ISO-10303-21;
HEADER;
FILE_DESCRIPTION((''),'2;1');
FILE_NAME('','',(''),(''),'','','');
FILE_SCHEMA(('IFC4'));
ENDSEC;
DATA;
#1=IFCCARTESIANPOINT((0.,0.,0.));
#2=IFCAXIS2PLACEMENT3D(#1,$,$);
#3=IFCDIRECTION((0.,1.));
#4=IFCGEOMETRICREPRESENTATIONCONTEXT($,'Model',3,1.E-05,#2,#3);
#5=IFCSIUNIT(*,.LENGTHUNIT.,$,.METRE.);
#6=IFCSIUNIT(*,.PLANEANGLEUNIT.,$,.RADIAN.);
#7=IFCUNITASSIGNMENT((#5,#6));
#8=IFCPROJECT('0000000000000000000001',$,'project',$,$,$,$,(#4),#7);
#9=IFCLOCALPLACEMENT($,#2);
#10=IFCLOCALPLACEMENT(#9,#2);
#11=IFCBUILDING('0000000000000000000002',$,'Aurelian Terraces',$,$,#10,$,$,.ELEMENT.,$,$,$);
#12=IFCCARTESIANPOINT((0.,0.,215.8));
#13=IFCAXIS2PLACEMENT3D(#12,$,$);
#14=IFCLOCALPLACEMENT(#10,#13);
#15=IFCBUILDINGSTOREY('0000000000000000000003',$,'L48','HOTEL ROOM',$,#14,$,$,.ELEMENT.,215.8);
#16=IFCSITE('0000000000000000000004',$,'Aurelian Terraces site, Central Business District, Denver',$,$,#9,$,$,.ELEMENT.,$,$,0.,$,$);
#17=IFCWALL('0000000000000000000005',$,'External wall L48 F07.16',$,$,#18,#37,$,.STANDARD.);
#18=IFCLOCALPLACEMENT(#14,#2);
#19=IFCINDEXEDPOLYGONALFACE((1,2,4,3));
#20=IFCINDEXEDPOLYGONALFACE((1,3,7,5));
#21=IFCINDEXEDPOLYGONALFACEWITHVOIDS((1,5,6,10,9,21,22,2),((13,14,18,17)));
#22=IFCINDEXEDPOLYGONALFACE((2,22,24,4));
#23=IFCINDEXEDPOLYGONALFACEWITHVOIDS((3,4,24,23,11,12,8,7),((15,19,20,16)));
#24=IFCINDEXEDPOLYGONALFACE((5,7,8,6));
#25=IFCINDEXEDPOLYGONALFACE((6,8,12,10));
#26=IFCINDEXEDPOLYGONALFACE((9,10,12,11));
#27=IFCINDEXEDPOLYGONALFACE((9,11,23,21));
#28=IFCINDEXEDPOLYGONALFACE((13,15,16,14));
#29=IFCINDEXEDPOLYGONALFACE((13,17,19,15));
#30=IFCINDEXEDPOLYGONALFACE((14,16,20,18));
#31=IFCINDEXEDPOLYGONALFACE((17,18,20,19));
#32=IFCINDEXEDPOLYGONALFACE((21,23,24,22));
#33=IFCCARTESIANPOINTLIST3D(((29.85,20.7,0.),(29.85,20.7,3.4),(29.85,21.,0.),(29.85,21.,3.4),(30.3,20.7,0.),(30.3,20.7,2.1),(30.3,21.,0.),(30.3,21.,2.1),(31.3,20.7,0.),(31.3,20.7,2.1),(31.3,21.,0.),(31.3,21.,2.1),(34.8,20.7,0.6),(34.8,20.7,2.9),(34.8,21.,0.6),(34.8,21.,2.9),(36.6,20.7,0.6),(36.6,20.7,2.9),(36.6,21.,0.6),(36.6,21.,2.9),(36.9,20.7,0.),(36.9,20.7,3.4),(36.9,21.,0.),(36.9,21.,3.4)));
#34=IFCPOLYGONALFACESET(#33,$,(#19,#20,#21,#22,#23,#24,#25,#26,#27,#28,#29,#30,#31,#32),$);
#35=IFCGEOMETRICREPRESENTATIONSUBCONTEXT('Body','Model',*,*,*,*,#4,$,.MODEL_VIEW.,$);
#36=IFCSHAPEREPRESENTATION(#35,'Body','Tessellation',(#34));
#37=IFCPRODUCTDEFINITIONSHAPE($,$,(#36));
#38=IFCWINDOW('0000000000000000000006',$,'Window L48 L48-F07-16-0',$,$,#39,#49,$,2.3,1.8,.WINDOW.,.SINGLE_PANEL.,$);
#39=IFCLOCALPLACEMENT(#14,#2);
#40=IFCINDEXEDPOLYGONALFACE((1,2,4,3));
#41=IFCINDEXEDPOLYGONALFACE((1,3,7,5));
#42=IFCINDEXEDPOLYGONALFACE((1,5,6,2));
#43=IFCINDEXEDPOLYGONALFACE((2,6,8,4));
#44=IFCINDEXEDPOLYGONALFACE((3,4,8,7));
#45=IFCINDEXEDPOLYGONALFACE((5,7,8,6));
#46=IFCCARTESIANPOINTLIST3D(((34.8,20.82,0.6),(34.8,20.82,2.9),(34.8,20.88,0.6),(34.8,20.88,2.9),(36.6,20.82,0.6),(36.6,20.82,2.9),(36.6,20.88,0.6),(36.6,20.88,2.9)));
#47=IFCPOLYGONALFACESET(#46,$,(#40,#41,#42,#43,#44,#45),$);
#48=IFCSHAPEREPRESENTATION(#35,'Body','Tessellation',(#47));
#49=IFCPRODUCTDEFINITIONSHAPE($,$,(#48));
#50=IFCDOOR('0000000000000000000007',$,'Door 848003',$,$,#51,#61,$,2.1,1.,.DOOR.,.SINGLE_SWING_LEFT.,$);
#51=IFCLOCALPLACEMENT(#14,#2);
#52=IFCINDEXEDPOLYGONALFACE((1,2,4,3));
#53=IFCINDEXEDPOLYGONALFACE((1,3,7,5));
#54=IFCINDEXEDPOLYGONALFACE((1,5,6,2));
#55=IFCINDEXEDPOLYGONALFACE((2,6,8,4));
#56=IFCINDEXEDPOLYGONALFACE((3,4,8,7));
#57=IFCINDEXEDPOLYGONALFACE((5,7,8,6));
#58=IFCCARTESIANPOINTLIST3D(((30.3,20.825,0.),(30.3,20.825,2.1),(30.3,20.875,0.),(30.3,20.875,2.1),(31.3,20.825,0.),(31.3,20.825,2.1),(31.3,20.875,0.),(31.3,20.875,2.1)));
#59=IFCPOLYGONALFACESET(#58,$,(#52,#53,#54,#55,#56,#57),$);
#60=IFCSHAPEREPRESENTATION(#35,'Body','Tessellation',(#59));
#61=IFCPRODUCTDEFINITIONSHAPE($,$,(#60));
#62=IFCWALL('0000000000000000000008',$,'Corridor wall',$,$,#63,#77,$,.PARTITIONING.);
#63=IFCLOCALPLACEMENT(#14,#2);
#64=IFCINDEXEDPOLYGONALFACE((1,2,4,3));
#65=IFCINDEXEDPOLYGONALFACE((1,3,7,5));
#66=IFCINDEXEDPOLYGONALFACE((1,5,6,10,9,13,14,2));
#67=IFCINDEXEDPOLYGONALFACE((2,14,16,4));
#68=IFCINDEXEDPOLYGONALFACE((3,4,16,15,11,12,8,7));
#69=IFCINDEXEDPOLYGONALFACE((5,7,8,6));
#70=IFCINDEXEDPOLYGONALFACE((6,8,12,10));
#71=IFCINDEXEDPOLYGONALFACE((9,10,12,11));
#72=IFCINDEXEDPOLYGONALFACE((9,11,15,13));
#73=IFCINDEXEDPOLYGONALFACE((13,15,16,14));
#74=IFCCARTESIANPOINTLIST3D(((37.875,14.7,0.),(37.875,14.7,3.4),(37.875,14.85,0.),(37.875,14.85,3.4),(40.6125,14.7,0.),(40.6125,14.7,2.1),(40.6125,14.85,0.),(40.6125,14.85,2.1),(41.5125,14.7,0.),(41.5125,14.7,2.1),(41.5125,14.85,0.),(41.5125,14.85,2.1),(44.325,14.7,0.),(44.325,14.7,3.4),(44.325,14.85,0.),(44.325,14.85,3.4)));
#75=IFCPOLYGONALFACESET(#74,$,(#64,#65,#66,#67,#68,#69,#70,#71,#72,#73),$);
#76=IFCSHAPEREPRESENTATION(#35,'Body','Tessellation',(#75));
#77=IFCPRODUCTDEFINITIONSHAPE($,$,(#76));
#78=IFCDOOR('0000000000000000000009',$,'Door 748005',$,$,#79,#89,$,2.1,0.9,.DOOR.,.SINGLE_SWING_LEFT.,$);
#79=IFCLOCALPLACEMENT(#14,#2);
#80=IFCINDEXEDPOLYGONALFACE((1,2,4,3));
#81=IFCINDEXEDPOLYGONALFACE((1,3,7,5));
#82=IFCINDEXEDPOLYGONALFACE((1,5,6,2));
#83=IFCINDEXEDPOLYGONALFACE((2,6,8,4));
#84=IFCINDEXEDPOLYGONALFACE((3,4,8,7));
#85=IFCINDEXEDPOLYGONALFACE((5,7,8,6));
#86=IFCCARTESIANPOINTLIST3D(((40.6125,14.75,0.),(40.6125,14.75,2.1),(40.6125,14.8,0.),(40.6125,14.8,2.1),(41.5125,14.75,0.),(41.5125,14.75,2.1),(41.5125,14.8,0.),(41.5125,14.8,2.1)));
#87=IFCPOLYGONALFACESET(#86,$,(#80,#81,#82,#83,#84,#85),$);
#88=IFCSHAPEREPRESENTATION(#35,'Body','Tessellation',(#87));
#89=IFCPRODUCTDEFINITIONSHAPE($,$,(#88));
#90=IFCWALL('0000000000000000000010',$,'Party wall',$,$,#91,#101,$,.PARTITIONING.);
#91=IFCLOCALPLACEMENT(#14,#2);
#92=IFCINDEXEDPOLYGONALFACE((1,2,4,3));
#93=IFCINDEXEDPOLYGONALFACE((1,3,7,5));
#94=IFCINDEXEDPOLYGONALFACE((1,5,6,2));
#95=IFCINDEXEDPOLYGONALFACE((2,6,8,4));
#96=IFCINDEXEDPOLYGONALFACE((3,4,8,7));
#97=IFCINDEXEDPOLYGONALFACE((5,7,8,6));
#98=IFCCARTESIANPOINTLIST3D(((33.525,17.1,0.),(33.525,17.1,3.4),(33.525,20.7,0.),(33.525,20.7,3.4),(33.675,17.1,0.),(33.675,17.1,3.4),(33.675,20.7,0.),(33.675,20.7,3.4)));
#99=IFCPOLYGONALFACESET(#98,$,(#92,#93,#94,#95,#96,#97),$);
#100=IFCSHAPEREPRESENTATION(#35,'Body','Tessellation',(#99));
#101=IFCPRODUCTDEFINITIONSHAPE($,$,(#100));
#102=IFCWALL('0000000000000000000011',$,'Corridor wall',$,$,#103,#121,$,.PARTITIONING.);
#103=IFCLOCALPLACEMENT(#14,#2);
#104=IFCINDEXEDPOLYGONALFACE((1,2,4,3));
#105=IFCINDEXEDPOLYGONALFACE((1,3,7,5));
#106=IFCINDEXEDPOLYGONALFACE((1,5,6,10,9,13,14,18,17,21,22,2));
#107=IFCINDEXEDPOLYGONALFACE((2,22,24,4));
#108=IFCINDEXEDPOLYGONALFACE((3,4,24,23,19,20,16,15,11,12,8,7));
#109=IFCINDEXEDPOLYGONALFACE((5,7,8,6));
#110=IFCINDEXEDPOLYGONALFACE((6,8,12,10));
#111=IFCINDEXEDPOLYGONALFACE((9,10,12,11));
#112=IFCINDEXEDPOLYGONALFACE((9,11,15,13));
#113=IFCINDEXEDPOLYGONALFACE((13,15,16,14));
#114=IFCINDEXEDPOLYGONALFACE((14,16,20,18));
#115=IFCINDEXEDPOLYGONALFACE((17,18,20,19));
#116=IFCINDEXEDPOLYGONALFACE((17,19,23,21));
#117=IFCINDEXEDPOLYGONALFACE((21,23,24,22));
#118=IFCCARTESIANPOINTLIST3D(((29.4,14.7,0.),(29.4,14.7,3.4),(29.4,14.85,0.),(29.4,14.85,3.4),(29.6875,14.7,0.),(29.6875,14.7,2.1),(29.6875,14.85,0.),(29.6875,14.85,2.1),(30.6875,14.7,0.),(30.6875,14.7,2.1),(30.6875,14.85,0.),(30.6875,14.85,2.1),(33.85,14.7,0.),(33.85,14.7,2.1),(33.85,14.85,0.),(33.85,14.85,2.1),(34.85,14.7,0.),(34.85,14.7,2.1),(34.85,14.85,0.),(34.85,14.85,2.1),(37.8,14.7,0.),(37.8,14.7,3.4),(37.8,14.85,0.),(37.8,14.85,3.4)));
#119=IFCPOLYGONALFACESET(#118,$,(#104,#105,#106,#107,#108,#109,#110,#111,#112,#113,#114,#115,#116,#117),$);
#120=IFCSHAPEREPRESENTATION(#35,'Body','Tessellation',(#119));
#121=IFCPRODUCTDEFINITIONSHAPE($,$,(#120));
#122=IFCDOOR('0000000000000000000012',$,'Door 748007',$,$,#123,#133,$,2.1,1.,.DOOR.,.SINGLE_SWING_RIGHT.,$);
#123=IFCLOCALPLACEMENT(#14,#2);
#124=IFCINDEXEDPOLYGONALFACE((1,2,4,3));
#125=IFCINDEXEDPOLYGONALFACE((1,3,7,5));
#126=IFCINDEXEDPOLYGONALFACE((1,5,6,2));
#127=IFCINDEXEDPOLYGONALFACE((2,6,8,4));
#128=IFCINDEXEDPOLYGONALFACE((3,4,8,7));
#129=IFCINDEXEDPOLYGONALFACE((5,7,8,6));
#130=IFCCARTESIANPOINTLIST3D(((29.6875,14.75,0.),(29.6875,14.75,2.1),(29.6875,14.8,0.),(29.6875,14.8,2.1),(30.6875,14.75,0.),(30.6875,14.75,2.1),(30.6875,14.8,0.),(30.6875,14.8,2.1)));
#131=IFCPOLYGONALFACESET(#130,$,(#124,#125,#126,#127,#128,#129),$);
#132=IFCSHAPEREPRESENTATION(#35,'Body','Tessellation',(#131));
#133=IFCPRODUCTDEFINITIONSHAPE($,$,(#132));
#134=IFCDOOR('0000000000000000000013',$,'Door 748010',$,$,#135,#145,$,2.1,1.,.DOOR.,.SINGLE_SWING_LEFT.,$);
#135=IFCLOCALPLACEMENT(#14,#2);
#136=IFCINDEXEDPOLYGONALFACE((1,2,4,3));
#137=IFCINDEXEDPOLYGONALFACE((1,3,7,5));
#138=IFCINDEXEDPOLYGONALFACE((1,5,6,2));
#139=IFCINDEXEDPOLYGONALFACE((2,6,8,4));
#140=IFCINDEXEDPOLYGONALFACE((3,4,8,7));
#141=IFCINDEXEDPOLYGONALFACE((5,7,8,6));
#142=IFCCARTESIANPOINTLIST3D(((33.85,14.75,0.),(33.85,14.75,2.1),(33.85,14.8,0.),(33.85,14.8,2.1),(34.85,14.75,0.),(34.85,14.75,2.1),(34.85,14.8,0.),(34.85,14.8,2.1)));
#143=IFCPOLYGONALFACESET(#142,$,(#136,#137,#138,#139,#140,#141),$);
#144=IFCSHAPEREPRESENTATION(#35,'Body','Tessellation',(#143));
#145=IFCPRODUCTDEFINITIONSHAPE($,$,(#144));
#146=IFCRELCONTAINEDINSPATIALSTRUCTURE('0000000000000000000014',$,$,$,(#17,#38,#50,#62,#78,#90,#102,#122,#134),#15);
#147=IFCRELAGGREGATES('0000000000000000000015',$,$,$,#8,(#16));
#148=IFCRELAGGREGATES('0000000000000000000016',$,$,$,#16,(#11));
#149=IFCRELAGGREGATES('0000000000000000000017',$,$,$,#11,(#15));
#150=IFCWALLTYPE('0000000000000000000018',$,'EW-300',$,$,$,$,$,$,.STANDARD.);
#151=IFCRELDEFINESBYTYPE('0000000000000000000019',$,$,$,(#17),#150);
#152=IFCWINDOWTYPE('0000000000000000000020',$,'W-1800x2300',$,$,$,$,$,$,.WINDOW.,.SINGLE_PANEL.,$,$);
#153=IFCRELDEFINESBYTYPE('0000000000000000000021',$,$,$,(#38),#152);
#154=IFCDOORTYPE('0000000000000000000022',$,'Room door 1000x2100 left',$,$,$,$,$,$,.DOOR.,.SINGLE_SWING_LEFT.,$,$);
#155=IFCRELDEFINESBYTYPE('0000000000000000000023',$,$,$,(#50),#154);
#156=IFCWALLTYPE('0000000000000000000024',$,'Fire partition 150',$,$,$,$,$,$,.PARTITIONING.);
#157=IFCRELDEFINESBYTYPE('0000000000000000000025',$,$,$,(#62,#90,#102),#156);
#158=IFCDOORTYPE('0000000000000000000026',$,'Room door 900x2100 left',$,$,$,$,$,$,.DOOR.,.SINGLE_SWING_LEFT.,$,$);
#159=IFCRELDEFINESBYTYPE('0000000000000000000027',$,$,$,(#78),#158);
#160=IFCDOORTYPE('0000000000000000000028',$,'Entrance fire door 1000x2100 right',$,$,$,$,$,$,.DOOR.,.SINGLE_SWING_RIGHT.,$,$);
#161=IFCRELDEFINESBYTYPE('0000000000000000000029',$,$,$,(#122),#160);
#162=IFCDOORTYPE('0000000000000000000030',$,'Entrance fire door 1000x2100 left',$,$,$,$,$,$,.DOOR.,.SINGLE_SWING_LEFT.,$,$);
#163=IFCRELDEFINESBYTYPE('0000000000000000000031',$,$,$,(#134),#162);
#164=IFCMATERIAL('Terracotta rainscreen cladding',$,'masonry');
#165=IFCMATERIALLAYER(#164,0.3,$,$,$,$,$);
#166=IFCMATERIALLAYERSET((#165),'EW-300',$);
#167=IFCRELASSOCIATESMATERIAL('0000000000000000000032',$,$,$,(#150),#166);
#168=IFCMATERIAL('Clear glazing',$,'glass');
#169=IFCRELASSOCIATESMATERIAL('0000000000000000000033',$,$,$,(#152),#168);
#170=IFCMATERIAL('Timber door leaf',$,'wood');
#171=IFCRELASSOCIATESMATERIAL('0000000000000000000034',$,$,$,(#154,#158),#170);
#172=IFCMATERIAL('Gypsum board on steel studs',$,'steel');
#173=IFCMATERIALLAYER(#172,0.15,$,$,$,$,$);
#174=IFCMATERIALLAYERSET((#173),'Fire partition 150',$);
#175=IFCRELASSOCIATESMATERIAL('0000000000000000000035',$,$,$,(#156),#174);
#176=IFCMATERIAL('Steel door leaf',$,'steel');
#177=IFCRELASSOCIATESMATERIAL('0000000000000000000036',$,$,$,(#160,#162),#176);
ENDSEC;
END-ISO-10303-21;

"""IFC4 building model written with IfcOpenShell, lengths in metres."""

from ifc_helpers import new_model, si_unit, direction, frame, frame_2d, origin, place, context, subcontext, project, spatial, rectangle, extrude, source, transform, mapped, material, layer, layer_set, type_object, element, fill, save


model = new_model("IFC4")

# Units and contexts
model_context = context("Model", 3, precision=1e-05, world=origin(), true_north=direction((0.0, 1.0)))
body_context = subcontext(model_context, "Body", "Model", "MODEL_VIEW")
ifc_project = project(units=[si_unit("LENGTHUNIT", "METRE"), si_unit("PLANEANGLEUNIT", "RADIAN")], contexts=[model_context])

# Site, building, storey
site_placement = place(None, origin())
site = spatial("IfcSite", under=ifc_project, at=site_placement, Name="Aurelian Terraces site, Central Business District, Denver", CompositionType="ELEMENT", RefElevation=0.0)
building_placement = place(site_placement, origin())
building = spatial("IfcBuilding", under=site, at=building_placement, Name="Aurelian Terraces", CompositionType="ELEMENT")
storey_placement = place(building_placement, frame((0.0, 0.0, 215.8)))
storey = spatial("IfcBuildingStorey", under=building, at=storey_placement, Name="L48", Description="HOTEL ROOM", CompositionType="ELEMENT", Elevation=215.8)

# Shared definitions
ifc_material_1 = material(Name="Terracotta rainscreen cladding", Category="masonry")
ifc_layer_1 = layer(ifc_material_1, 0.3)
ifc_layer_set_1 = layer_set([ifc_layer_1], Name="EW-300")
wall_type_1 = type_object("IfcWallType", Name="EW-300", PredefinedType="STANDARD", material=ifc_layer_set_1)
ifc_material_2 = material(Name="Clear glazing", Category="glass")

# Wall, openings, window, door
shared_shape_1 = source(origin(), body_context, "Body", "SweptSolid", [
    extrude(rectangle(XDim=7.05, YDim=0.3, at=frame_2d((3.525, 0.0))), origin(), (0.0, 0.0, 1.0), 3.4),
])
wall_1_placement = place(storey_placement, frame((36.9, 20.85, 0.0), z_axis=(0.0, 0.0, 1.0), x_axis=(-1.0, 0.0, 0.0)))
wall_1 = element("IfcWall", 1, at=wall_1_placement, inside=storey, type_object=wall_type_1, Name="External wall L48 F07.16", PredefinedType="STANDARD", context=body_context, shape_type="MappedRepresentation", body=[
    mapped(shared_shape_1, transform((0.0, 0.0, 0.0), scale=1.0)),
])
shared_shape_2 = source(origin(), body_context, "Body", "SweptSolid", [
    extrude(rectangle(XDim=1.8, YDim=2.3, at=frame_2d((0.9, 1.15))), frame((0.0, 0.16, 0.0), z_axis=(0.0, -1.0, 0.0), x_axis=(1.0, 0.0, 0.0)), (0.0, 0.0, 1.0), 0.32),
])
opening_1_placement = place(wall_1_placement, frame((0.3, 0.0, 0.6)))
opening_1 = element("IfcOpeningElement", 2, at=opening_1_placement, cuts=wall_1, PredefinedType="OPENING", context=body_context, shape_type="MappedRepresentation", body=[
    mapped(shared_shape_2, transform((0.0, 0.0, 0.0), scale=1.0)),
])
shared_shape_3 = source(origin(), body_context, "Body", "SweptSolid", [
    extrude(rectangle(XDim=1.0, YDim=2.1, at=frame_2d((0.5, 1.05))), frame((0.0, 0.16, 0.0), z_axis=(0.0, -1.0, 0.0), x_axis=(1.0, 0.0, 0.0)), (0.0, 0.0, 1.0), 0.32),
])
opening_2_placement = place(wall_1_placement, frame((5.6, 0.0, 0.0)))
opening_2 = element("IfcOpeningElement", 3, at=opening_2_placement, cuts=wall_1, PredefinedType="OPENING", context=body_context, shape_type="MappedRepresentation", body=[
    mapped(shared_shape_3, transform((0.0, 0.0, 0.0), scale=1.0)),
])
window_type_1 = type_object("IfcWindowType", Name="W-1800x2300", PartitioningType="SINGLE_PANEL", PredefinedType="WINDOW", material=ifc_material_2)
shared_shape_4 = source(origin(), body_context, "Body", "SweptSolid", [
    extrude(rectangle(XDim=1.8, YDim=2.3, at=frame_2d((0.9, 1.15))), frame((0.0, 0.03, 0.0), z_axis=(0.0, -1.0, 0.0), x_axis=(1.0, 0.0, 0.0)), (0.0, 0.0, 1.0), 0.06),
])
window_1_placement = place(opening_1_placement, origin())
window_1 = element("IfcWindow", 4, at=window_1_placement, inside=storey, type_object=window_type_1, Name="Window L48 L48-F07-16-0", OverallHeight=2.3, OverallWidth=1.8, PartitioningType="SINGLE_PANEL", PredefinedType="WINDOW", context=body_context, shape_type="MappedRepresentation", body=[
    mapped(shared_shape_4, transform((0.0, 0.0, 0.0), scale=1.0)),
])
fill(opening_1, window_1)
ifc_material_3 = material(Name="Timber door leaf", Category="wood")
door_type_1 = type_object("IfcDoorType", Name="Room door 1000x2100 left", OperationType="SINGLE_SWING_LEFT", PredefinedType="DOOR", material=ifc_material_3)
shared_shape_5 = source(origin(), body_context, "Body", "SweptSolid", [
    extrude(rectangle(XDim=1.0, YDim=2.1, at=frame_2d((0.5, 1.05))), frame((0.0, 0.025, 0.0), z_axis=(0.0, -1.0, 0.0), x_axis=(1.0, 0.0, 0.0)), (0.0, 0.0, 1.0), 0.05),
])
door_1_placement = place(opening_2_placement, origin())
door_1 = element("IfcDoor", 5, at=door_1_placement, inside=storey, type_object=door_type_1, Name="Door 848003", OperationType="SINGLE_SWING_LEFT", OverallHeight=2.1, OverallWidth=1.0, PredefinedType="DOOR", context=body_context, shape_type="MappedRepresentation", body=[
    mapped(shared_shape_5, transform((0.0, 0.0, 0.0), scale=1.0)),
])
fill(opening_2, door_1)

# Wall, opening, door
ifc_material_4 = material(Name="Gypsum board on steel studs", Category="steel")
ifc_layer_2 = layer(ifc_material_4, 0.15)
ifc_layer_set_2 = layer_set([ifc_layer_2], Name="Fire partition 150")
wall_type_2 = type_object("IfcWallType", Name="Fire partition 150", PredefinedType="PARTITIONING", material=ifc_layer_set_2)
shared_shape_6 = source(origin(), body_context, "Body", "SweptSolid", [
    extrude(rectangle(XDim=6.45, YDim=0.15, at=frame_2d((3.225, 0.0))), origin(), (0.0, 0.0, 1.0), 3.4),
])
wall_2_placement = place(storey_placement, frame((44.325, 14.775, 0.0), z_axis=(0.0, 0.0, 1.0), x_axis=(-1.0, 0.0, 0.0)))
wall_2 = element("IfcWall", 6, at=wall_2_placement, inside=storey, type_object=wall_type_2, Name="Corridor wall", PredefinedType="PARTITIONING", context=body_context, shape_type="MappedRepresentation", body=[
    mapped(shared_shape_6, transform((0.0, 0.0, 0.0), scale=1.0)),
])
shared_shape_7 = source(origin(), body_context, "Body", "SweptSolid", [
    extrude(rectangle(XDim=0.9, YDim=2.1, at=frame_2d((0.45, 1.05))), frame((0.0, 0.085, 0.0), z_axis=(0.0, -1.0, 0.0), x_axis=(1.0, 0.0, 0.0)), (0.0, 0.0, 1.0), 0.17),
])
opening_3_placement = place(wall_2_placement, frame((2.8125, 0.0, 0.0)))
opening_3 = element("IfcOpeningElement", 7, at=opening_3_placement, cuts=wall_2, PredefinedType="OPENING", context=body_context, shape_type="MappedRepresentation", body=[
    mapped(shared_shape_7, transform((0.0, 0.0, 0.0), scale=1.0)),
])
door_type_2 = type_object("IfcDoorType", Name="Room door 900x2100 left", OperationType="SINGLE_SWING_LEFT", PredefinedType="DOOR", material=ifc_material_3)
shared_shape_8 = source(origin(), body_context, "Body", "SweptSolid", [
    extrude(rectangle(XDim=0.9, YDim=2.1, at=frame_2d((0.45, 1.05))), frame((0.0, 0.025, 0.0), z_axis=(0.0, -1.0, 0.0), x_axis=(1.0, 0.0, 0.0)), (0.0, 0.0, 1.0), 0.05),
])
door_2_placement = place(opening_3_placement, origin())
door_2 = element("IfcDoor", 8, at=door_2_placement, inside=storey, type_object=door_type_2, Name="Door 748005", OperationType="SINGLE_SWING_LEFT", OverallHeight=2.1, OverallWidth=0.9, PredefinedType="DOOR", context=body_context, shape_type="MappedRepresentation", body=[
    mapped(shared_shape_8, transform((0.0, 0.0, 0.0), scale=1.0)),
])
fill(opening_3, door_2)

# Wall
shared_shape_9 = source(origin(), body_context, "Body", "SweptSolid", [
    extrude(rectangle(XDim=3.6, YDim=0.15, at=frame_2d((1.8, 0.0))), origin(), (0.0, 0.0, 1.0), 3.4),
])
wall_3_placement = place(storey_placement, frame((33.6, 17.1, 0.0), z_axis=(0.0, 0.0, 1.0), x_axis=(0.0, 1.0, 0.0)))
element("IfcWall", 9, at=wall_3_placement, inside=storey, type_object=wall_type_2, Name="Party wall", PredefinedType="PARTITIONING", context=body_context, shape_type="MappedRepresentation", body=[
    mapped(shared_shape_9, transform((0.0, 0.0, 0.0), scale=1.0)),
])

# Wall, openings, doors
shared_shape_10 = source(origin(), body_context, "Body", "SweptSolid", [
    extrude(rectangle(XDim=8.4, YDim=0.15, at=frame_2d((4.2, 0.0))), origin(), (0.0, 0.0, 1.0), 3.4),
])
wall_4_placement = place(storey_placement, frame((37.8, 14.775, 0.0), z_axis=(0.0, 0.0, 1.0), x_axis=(-1.0, 0.0, 0.0)))
wall_4 = element("IfcWall", 10, at=wall_4_placement, inside=storey, type_object=wall_type_2, Name="Corridor wall", PredefinedType="PARTITIONING", context=body_context, shape_type="MappedRepresentation", body=[
    mapped(shared_shape_10, transform((0.0, 0.0, 0.0), scale=1.0)),
])
shared_shape_11 = source(origin(), body_context, "Body", "SweptSolid", [
    extrude(rectangle(XDim=1.0, YDim=2.1, at=frame_2d((0.5, 1.05))), frame((0.0, 0.085, 0.0), z_axis=(0.0, -1.0, 0.0), x_axis=(1.0, 0.0, 0.0)), (0.0, 0.0, 1.0), 0.17),
])
opening_4_placement = place(wall_4_placement, frame((7.1125, 0.0, 0.0)))
opening_4 = element("IfcOpeningElement", 11, at=opening_4_placement, cuts=wall_4, PredefinedType="OPENING", context=body_context, shape_type="MappedRepresentation", body=[
    mapped(shared_shape_11, transform((0.0, 0.0, 0.0), scale=1.0)),
])
opening_5_placement = place(wall_4_placement, frame((2.95, 0.0, 0.0)))
opening_5 = element("IfcOpeningElement", 12, at=opening_5_placement, cuts=wall_4, PredefinedType="OPENING", context=body_context, shape_type="MappedRepresentation", body=[
    mapped(shared_shape_11, transform((0.0, 0.0, 0.0), scale=1.0)),
])
ifc_material_5 = material(Name="Steel door leaf", Category="steel")
door_type_3 = type_object("IfcDoorType", Name="Entrance fire door 1000x2100 right", OperationType="SINGLE_SWING_RIGHT", PredefinedType="DOOR", material=ifc_material_5)
door_3_placement = place(opening_4_placement, origin())
door_3 = element("IfcDoor", 13, at=door_3_placement, inside=storey, type_object=door_type_3, Name="Door 748007", OperationType="SINGLE_SWING_RIGHT", OverallHeight=2.1, OverallWidth=1.0, PredefinedType="DOOR", context=body_context, shape_type="MappedRepresentation", body=[
    mapped(shared_shape_5, transform((0.0, 0.0, 0.0), scale=1.0)),
])
fill(opening_4, door_3)
door_type_4 = type_object("IfcDoorType", Name="Entrance fire door 1000x2100 left", OperationType="SINGLE_SWING_LEFT", PredefinedType="DOOR", material=ifc_material_5)
door_4_placement = place(opening_5_placement, origin())
door_4 = element("IfcDoor", 14, at=door_4_placement, inside=storey, type_object=door_type_4, Name="Door 748010", OperationType="SINGLE_SWING_LEFT", OverallHeight=2.1, OverallWidth=1.0, PredefinedType="DOOR", context=body_context, shape_type="MappedRepresentation", body=[
    mapped(shared_shape_5, transform((0.0, 0.0, 0.0), scale=1.0)),
])
fill(opening_5, door_4)

save(model, "model.ifc")
